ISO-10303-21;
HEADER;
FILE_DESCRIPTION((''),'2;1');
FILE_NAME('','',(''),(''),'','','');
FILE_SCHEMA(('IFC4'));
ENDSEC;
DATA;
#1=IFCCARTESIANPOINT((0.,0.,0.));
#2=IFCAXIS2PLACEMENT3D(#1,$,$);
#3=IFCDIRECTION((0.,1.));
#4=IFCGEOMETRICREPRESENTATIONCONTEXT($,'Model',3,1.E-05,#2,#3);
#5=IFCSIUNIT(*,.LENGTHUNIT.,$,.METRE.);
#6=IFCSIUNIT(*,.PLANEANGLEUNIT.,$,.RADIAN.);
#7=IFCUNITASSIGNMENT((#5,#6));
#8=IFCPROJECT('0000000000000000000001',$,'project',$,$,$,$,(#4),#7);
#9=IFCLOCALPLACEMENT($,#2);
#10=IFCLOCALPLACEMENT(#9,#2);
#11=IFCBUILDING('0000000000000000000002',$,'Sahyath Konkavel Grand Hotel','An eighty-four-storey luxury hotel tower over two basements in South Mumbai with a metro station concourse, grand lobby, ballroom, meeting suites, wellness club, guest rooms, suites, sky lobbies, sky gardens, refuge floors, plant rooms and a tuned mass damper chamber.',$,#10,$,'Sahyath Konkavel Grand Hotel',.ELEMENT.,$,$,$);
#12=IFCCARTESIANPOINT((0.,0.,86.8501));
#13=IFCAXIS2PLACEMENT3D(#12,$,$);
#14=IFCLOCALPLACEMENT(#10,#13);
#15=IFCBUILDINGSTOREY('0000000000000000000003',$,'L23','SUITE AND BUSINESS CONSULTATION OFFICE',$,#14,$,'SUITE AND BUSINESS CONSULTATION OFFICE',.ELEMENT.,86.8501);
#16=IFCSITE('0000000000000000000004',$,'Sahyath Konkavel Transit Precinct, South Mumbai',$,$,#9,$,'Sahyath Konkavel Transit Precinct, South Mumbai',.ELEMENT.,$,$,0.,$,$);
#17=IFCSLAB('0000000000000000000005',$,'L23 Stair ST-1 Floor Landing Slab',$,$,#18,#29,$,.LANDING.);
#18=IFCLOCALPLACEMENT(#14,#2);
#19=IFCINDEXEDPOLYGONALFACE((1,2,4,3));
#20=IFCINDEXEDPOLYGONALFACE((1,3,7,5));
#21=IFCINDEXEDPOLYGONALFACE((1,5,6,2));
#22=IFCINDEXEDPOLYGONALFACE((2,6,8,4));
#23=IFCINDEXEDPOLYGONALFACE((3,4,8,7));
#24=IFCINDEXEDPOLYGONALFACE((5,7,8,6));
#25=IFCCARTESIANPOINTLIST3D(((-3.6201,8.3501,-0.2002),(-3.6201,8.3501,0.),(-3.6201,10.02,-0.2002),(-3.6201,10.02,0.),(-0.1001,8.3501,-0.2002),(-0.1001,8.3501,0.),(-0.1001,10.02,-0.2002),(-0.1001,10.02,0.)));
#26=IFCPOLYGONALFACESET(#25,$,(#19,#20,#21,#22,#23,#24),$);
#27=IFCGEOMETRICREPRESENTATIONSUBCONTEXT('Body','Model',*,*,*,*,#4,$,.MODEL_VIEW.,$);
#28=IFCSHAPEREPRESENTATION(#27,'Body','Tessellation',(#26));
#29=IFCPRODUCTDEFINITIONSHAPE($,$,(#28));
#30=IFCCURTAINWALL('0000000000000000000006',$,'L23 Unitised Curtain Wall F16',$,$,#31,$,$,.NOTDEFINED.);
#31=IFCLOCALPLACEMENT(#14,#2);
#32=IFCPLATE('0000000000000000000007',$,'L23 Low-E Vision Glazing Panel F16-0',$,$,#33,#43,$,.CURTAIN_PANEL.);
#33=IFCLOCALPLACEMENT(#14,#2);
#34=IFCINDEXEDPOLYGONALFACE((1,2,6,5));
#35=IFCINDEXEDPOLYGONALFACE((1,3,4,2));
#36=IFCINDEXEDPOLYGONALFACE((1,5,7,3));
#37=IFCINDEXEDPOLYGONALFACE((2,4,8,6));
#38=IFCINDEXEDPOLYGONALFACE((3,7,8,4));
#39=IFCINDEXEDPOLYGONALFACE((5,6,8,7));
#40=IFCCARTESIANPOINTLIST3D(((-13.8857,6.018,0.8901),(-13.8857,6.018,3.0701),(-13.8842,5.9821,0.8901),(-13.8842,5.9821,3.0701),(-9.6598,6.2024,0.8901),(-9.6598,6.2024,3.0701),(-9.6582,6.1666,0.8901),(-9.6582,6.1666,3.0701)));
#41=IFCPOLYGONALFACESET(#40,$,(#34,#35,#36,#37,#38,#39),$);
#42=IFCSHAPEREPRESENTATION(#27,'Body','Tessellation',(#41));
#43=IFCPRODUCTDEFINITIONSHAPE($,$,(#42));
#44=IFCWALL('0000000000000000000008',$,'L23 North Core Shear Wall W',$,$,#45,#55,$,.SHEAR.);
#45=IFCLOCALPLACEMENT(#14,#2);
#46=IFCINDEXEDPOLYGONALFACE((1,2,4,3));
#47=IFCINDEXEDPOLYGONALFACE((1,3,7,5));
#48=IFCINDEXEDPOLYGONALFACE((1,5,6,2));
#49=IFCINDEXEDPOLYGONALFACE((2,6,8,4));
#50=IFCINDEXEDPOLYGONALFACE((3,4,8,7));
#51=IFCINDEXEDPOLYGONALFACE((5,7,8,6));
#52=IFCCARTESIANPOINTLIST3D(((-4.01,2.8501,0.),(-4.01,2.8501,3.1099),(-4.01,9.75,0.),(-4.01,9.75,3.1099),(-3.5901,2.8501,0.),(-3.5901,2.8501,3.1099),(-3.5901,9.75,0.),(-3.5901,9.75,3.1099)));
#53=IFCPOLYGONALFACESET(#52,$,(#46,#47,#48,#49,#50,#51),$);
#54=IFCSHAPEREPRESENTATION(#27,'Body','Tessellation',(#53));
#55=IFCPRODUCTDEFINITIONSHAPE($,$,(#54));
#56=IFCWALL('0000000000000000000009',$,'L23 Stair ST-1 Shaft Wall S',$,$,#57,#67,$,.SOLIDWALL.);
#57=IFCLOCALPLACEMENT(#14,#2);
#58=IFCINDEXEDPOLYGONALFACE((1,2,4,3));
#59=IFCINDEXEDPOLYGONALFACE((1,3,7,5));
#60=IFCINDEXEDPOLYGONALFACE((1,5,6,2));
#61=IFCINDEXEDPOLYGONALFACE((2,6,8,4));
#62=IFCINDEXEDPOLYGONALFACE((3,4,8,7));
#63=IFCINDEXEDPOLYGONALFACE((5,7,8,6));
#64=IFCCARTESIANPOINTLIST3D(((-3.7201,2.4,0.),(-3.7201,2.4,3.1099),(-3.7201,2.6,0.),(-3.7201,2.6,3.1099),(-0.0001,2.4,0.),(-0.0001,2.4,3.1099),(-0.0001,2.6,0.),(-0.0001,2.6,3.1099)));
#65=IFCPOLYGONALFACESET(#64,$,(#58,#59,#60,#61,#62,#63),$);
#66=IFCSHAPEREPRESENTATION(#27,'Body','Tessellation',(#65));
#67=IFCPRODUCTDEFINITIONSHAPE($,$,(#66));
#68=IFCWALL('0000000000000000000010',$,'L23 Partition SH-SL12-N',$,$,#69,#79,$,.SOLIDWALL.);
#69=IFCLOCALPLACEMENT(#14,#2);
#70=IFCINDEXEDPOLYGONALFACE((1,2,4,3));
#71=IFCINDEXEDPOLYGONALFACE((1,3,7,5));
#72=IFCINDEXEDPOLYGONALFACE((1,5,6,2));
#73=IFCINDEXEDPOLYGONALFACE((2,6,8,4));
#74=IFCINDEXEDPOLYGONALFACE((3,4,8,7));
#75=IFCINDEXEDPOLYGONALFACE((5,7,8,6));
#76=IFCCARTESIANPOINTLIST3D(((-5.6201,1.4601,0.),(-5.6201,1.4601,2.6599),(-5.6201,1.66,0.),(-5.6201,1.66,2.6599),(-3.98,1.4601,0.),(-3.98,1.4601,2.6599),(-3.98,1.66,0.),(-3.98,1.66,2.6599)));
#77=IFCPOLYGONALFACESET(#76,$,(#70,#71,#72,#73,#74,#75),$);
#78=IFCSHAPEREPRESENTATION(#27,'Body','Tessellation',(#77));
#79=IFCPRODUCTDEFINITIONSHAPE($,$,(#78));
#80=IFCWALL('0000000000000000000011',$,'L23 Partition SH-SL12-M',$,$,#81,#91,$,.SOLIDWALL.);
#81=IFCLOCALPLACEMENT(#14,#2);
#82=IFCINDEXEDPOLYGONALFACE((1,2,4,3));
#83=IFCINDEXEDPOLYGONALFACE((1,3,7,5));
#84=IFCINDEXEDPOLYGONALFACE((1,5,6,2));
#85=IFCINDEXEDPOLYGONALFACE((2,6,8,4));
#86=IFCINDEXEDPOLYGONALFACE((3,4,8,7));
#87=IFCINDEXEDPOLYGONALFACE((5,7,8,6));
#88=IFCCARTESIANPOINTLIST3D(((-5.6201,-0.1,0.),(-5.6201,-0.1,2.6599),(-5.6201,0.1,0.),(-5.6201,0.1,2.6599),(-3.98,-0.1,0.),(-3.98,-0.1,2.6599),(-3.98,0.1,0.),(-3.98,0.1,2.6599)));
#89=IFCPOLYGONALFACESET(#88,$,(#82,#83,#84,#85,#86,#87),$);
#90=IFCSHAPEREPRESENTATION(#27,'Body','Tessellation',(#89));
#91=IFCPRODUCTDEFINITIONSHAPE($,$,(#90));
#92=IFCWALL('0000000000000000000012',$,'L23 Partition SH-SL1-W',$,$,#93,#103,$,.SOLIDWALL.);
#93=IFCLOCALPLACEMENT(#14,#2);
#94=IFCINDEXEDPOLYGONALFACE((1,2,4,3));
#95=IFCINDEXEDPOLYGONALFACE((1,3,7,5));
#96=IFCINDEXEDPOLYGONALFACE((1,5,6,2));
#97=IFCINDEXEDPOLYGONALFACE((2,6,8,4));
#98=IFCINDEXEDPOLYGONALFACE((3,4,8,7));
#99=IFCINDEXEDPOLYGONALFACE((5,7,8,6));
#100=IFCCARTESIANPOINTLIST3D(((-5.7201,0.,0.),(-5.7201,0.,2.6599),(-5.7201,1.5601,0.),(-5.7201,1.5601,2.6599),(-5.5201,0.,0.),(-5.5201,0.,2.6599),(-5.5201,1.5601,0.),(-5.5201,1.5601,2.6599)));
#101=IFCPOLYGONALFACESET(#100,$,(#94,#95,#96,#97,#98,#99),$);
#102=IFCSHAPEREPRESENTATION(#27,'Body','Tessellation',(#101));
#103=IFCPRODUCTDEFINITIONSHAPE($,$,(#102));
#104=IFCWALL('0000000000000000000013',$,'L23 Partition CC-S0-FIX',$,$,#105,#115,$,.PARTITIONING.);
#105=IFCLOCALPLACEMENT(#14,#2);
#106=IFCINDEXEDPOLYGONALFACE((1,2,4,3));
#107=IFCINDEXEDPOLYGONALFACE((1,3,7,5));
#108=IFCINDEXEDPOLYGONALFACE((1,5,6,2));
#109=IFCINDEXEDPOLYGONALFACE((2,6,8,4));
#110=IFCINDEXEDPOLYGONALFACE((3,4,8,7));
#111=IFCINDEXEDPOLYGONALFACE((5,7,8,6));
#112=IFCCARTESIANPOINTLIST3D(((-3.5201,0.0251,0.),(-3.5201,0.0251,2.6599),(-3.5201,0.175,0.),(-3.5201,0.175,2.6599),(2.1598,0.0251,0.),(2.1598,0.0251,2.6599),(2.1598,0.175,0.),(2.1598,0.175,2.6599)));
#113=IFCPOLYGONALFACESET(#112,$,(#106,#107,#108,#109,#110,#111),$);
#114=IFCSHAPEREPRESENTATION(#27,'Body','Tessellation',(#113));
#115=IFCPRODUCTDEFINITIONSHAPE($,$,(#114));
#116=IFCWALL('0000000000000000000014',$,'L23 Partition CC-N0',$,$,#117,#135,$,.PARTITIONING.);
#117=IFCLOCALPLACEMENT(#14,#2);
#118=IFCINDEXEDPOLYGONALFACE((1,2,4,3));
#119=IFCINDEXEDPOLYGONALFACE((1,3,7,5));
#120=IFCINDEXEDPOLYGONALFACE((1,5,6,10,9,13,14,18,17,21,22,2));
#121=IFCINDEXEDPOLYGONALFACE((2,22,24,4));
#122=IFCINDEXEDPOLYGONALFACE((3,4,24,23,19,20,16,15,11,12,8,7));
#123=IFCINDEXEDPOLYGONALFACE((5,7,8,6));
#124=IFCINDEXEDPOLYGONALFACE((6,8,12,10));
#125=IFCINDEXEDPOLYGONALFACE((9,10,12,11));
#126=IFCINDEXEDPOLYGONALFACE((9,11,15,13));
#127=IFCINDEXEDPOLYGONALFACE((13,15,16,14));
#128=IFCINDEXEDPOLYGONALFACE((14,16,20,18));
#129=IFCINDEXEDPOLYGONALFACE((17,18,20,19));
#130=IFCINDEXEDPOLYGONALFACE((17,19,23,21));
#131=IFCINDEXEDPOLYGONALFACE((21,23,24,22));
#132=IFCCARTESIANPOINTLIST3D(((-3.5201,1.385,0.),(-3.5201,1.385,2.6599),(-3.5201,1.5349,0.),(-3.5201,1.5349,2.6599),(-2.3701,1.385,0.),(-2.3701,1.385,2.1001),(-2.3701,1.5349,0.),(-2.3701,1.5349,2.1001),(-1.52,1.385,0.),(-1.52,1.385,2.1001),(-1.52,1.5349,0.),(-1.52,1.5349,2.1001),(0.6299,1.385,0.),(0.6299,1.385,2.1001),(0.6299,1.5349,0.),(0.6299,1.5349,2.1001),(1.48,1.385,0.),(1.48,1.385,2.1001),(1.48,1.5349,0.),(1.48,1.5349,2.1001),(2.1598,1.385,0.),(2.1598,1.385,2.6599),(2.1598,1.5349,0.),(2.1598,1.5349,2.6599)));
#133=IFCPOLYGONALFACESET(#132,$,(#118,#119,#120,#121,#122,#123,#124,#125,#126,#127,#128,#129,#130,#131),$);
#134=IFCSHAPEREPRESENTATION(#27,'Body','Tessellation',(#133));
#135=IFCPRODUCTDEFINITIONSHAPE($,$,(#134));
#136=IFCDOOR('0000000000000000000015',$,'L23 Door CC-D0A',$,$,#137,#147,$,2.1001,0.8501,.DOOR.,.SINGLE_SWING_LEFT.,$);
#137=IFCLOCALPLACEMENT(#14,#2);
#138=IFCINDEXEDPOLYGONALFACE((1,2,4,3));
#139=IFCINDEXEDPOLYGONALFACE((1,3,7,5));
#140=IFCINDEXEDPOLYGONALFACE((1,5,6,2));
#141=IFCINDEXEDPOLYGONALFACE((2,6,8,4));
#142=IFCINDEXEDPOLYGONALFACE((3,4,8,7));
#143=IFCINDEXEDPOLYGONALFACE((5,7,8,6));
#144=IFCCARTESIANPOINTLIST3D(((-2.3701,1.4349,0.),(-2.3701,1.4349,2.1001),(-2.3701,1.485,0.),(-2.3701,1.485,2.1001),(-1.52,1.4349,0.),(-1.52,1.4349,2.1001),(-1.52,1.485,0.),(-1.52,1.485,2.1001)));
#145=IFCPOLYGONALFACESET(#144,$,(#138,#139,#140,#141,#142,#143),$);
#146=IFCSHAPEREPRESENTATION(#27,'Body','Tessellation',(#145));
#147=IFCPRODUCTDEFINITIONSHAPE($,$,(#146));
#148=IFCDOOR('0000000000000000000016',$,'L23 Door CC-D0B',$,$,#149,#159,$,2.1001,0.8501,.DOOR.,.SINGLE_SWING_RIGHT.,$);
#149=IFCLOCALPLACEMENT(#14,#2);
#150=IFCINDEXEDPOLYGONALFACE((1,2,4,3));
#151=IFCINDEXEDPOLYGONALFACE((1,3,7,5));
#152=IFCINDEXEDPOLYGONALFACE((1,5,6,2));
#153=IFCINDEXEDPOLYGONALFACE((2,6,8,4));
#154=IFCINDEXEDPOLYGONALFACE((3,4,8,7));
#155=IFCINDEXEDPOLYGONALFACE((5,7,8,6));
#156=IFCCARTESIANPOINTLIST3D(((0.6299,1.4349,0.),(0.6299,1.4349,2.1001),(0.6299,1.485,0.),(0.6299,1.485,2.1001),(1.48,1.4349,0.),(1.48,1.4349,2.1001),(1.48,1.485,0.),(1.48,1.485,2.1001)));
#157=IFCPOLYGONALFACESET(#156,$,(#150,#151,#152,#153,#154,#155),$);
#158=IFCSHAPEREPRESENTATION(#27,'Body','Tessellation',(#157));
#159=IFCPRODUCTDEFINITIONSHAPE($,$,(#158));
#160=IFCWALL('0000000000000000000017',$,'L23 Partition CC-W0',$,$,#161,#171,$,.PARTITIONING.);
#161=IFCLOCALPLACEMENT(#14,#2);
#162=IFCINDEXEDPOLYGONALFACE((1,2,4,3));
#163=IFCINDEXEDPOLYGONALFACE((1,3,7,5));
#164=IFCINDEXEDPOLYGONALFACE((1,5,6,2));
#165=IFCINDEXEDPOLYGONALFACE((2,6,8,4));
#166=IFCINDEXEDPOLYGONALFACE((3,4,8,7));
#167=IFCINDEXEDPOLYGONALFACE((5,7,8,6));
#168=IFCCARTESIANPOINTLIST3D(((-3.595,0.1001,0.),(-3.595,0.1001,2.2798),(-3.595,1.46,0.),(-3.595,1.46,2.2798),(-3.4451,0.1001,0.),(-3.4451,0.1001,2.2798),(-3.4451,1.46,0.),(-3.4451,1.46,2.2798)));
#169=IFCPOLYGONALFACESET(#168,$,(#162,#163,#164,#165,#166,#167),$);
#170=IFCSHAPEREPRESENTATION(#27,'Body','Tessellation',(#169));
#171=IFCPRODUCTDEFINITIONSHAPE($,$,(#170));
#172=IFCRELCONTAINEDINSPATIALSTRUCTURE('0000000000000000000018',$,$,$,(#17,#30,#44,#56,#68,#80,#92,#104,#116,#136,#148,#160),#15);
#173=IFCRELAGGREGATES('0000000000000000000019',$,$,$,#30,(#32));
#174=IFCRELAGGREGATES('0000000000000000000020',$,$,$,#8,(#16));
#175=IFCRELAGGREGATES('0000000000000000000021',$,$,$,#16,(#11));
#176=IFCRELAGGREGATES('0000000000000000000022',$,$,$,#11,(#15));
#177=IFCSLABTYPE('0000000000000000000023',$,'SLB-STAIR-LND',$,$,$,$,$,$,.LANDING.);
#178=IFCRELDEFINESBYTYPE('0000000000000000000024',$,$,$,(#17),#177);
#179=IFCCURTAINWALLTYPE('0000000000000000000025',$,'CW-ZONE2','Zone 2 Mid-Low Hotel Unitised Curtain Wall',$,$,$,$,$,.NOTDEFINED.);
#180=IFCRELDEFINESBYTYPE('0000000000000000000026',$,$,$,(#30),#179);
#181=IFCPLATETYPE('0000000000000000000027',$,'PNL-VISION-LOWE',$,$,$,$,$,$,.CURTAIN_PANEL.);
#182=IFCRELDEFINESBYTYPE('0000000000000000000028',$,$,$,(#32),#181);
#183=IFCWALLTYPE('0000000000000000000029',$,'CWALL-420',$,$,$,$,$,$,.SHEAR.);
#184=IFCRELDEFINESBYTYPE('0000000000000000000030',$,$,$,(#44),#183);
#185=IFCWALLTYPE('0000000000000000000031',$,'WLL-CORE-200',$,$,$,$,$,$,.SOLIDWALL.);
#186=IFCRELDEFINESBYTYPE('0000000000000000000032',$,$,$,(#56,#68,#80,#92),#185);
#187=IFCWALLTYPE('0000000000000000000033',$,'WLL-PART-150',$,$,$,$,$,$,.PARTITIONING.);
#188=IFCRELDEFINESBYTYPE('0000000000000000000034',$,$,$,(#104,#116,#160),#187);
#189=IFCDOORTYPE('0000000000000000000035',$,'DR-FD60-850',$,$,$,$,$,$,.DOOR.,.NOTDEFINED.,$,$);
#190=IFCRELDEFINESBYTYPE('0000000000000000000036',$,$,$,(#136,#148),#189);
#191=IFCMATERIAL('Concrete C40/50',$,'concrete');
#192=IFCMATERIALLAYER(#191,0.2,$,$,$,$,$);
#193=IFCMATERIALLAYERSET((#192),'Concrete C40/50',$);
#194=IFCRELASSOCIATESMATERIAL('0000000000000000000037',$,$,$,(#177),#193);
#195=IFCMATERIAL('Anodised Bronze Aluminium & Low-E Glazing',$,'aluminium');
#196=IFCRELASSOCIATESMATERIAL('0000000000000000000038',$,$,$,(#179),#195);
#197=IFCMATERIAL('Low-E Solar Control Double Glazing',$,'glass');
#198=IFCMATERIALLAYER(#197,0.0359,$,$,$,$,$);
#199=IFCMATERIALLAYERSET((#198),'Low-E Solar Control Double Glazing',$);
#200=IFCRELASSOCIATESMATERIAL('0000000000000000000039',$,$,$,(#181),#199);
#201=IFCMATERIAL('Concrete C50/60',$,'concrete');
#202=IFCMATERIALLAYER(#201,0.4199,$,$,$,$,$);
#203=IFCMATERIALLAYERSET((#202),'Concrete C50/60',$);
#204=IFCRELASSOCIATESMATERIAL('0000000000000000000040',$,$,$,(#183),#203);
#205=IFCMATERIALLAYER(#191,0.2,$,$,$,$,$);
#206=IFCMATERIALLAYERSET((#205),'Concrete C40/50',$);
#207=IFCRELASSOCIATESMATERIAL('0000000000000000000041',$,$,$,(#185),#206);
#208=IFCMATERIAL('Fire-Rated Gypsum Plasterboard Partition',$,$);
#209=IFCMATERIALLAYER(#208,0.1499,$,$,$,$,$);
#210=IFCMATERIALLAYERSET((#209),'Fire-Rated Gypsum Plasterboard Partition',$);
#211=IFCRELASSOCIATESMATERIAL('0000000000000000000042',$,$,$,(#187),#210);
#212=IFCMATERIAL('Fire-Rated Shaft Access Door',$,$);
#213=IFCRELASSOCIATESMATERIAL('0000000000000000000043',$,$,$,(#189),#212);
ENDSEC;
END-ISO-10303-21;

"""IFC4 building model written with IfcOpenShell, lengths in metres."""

from ifc_helpers import new_model, si_unit, direction, frame, frame_2d, origin, origin_2d, place, context, subcontext, project, spatial, polyline, rectangle, outline, extrude, source, transform, mapped, material, layer, layer_set, type_object, element, fill, aggregate, save


model = new_model("IFC4")

# Units and contexts
model_context = context("Model", 3, precision=1e-05, world=origin(), true_north=direction((0.0, 1.0)))
body_context = subcontext(model_context, "Body", "Model", "MODEL_VIEW")
ifc_project = project(units=[si_unit("LENGTHUNIT", "METRE"), si_unit("PLANEANGLEUNIT", "RADIAN")], contexts=[model_context])

# Site, building, storey
site_placement = place(None, origin())
site = spatial("IfcSite", under=ifc_project, at=site_placement, Name="Sahyath Konkavel Transit Precinct, South Mumbai", LongName="Sahyath Konkavel Transit Precinct, South Mumbai", CompositionType="ELEMENT", RefElevation=0.0)
building_placement = place(site_placement, origin())
building = spatial("IfcBuilding", under=site, at=building_placement, Name="Sahyath Konkavel Grand Hotel", Description="An eighty-four-storey luxury hotel tower over two basements in South Mumbai with a metro station concourse, grand lobby, ballroom, meeting suites, wellness club, guest rooms, suites, sky lobbies, sky gardens, refuge floors, plant rooms and a tuned mass damper chamber.", LongName="Sahyath Konkavel Grand Hotel", CompositionType="ELEMENT")
storey_placement = place(building_placement, frame((0.0, 0.0, 86.8501)))
storey = spatial("IfcBuildingStorey", under=building, at=storey_placement, Name="L23", Description="SUITE AND BUSINESS CONSULTATION OFFICE", LongName="SUITE AND BUSINESS CONSULTATION OFFICE", CompositionType="ELEMENT", Elevation=86.8501)

# Shared definitions
ifc_material_1 = material(Name="Concrete C50/60", Category="concrete")

# Shared definitions
ifc_material_2 = material(Name="Concrete C40/50", Category="concrete")

# Shared definitions
ifc_layer_1 = layer(ifc_material_2, 0.2)
ifc_layer_set_1 = layer_set([ifc_layer_1], Name="Concrete C40/50")
slab_type_1 = type_object("IfcSlabType", Name="SLB-STAIR-LND", PredefinedType="LANDING", material=ifc_layer_set_1)

# Slab
slab_1_placement = place(storey_placement, frame((0.0, 0.0, -0.2002)))
element("IfcSlab", 1, at=slab_1_placement, inside=storey, type_object=slab_type_1, Name="L23 Stair ST-1 Floor Landing Slab", PredefinedType="LANDING", context=body_context, shape_type="SweptSolid", body=[
    extrude(outline(polyline([(-3.6201, 8.3501), (-0.1001, 8.3501), (-0.1001, 10.02), (-3.6201, 10.02), (-3.6201, 8.3501)])), origin(), (0.0, 0.0, 1.0), 0.2002),
])

# Curtain wall, plate
ifc_material_3 = material(Name="Anodised Bronze Aluminium & Low-E Glazing", Category="aluminium")
curtain_wall_type = type_object("IfcCurtainWallType", Name="CW-ZONE2", Description="Zone 2 Mid-Low Hotel Unitised Curtain Wall", PredefinedType="NOTDEFINED", material=ifc_material_3)
curtain_wall_placement = place(storey_placement, origin())
curtain_wall = element("IfcCurtainWall", 2, at=curtain_wall_placement, inside=storey, type_object=curtain_wall_type, Name="L23 Unitised Curtain Wall F16", PredefinedType="NOTDEFINED")
ifc_material_4 = material(Name="Low-E Solar Control Double Glazing", Category="glass")
ifc_layer_2 = layer(ifc_material_4, 0.0359)
ifc_layer_set_2 = layer_set([ifc_layer_2], Name="Low-E Solar Control Double Glazing")
plate_type = type_object("IfcPlateType", Name="PNL-VISION-LOWE", PredefinedType="CURTAIN_PANEL", material=ifc_layer_set_2)
shared_shape_1 = source(origin(), body_context, "Body", "SweptSolid", [
    extrude(rectangle(XDim=4.23, YDim=0.0359, at=origin_2d()), origin(), (0.0, 0.0, 1.0), 2.1799),
])
plate_placement = place(storey_placement, frame((-11.772, 6.0923, 0.8901), z_axis=(0.0, 0.0, 1.0), x_axis=(-0.999049, -0.043602, 0.0)))
plate = element("IfcPlate", 3, at=plate_placement, type_object=plate_type, Name="L23 Low-E Vision Glazing Panel F16-0", PredefinedType="CURTAIN_PANEL", context=body_context, shape_type="MappedRepresentation", body=[
    mapped(shared_shape_1, transform((0.0, 0.0, 0.0), scale=1.0)),
])
aggregate(curtain_wall, [plate])

# Walls
ifc_layer_3 = layer(ifc_material_1, 0.4199)
ifc_layer_set_3 = layer_set([ifc_layer_3], Name="Concrete C50/60")
wall_type_1 = type_object("IfcWallType", Name="CWALL-420", PredefinedType="SHEAR", material=ifc_layer_set_3)
wall_1_placement = place(storey_placement, frame((-3.8, 2.8501, 0.0), z_axis=(0.0, 0.0, 1.0), x_axis=(0.0, 1.0, 0.0)))
element("IfcWall", 4, at=wall_1_placement, inside=storey, type_object=wall_type_1, Name="L23 North Core Shear Wall W", PredefinedType="SHEAR", context=body_context, shape_type="SweptSolid", body=[
    extrude(rectangle(XDim=6.8999, YDim=0.4199, at=frame_2d((3.45, 0.0))), origin(), (0.0, 0.0, 1.0), 3.1099),
])
ifc_layer_4 = layer(ifc_material_2, 0.2)
ifc_layer_set_4 = layer_set([ifc_layer_4], Name="Concrete C40/50")
wall_type_2 = type_object("IfcWallType", Name="WLL-CORE-200", PredefinedType="SOLIDWALL", material=ifc_layer_set_4)
wall_2_placement = place(storey_placement, frame((-3.72, 2.5, 0.0), z_axis=(0.0, 0.0, 1.0), x_axis=(1.0, 0.0, 0.0)))
element("IfcWall", 5, at=wall_2_placement, inside=storey, type_object=wall_type_2, Name="L23 Stair ST-1 Shaft Wall S", PredefinedType="SOLIDWALL", context=body_context, shape_type="SweptSolid", body=[
    extrude(rectangle(XDim=3.72, YDim=0.2, at=frame_2d((1.8599, 0.0))), origin(), (0.0, 0.0, 1.0), 3.1099),
])
for number, where, z_axis, x_axis, name in (
    (6, (-5.6201, 1.5601, 0.0), (0.0, 0.0, 1.0), (1.0, 0.0, 0.0), "L23 Partition SH-SL12-N"),
    (7, (-5.6201, 0.0, 0.0), (0.0, 0.0, 1.0), (1.0, 0.0, 0.0), "L23 Partition SH-SL12-M"),
):
    element("IfcWall", number, at=place(storey_placement, frame(where, z_axis=z_axis, x_axis=x_axis)), inside=storey, type_object=wall_type_2, Name=name, PredefinedType="SOLIDWALL", context=body_context, shape_type="SweptSolid", body=[
        extrude(rectangle(XDim=1.6401, YDim=0.2, at=frame_2d((0.8201, 0.0))), origin(), (0.0, 0.0, 1.0), 2.6599),
    ])
wall_3_placement = place(storey_placement, frame((-5.6201, 0.0, 0.0), z_axis=(0.0, 0.0, 1.0), x_axis=(0.0, 1.0, 0.0)))
element("IfcWall", 8, at=wall_3_placement, inside=storey, type_object=wall_type_2, Name="L23 Partition SH-SL1-W", PredefinedType="SOLIDWALL", context=body_context, shape_type="SweptSolid", body=[
    extrude(rectangle(XDim=1.5601, YDim=0.2, at=frame_2d((0.78, 0.0))), origin(), (0.0, 0.0, 1.0), 2.6599),
])
ifc_material_5 = material(Name="Fire-Rated Gypsum Plasterboard Partition")
ifc_layer_5 = layer(ifc_material_5, 0.1499)
ifc_layer_set_5 = layer_set([ifc_layer_5], Name="Fire-Rated Gypsum Plasterboard Partition")
wall_type_3 = type_object("IfcWallType", Name="WLL-PART-150", PredefinedType="PARTITIONING", material=ifc_layer_set_5)
wall_4_placement = place(storey_placement, frame((-3.52, 0.1001, 0.0), z_axis=(0.0, 0.0, 1.0), x_axis=(1.0, 0.0, 0.0)))
element("IfcWall", 9, at=wall_4_placement, inside=storey, type_object=wall_type_3, Name="L23 Partition CC-S0-FIX", PredefinedType="PARTITIONING", context=body_context, shape_type="SweptSolid", body=[
    extrude(rectangle(XDim=5.6799, YDim=0.1499, at=frame_2d((2.8398, 0.0))), origin(), (0.0, 0.0, 1.0), 2.6599),
])

# Wall, openings, doors
wall_5_placement = place(storey_placement, frame((-3.52, 1.46, 0.0), z_axis=(0.0, 0.0, 1.0), x_axis=(1.0, 0.0, 0.0)))
wall_5 = element("IfcWall", 10, at=wall_5_placement, inside=storey, type_object=wall_type_3, Name="L23 Partition CC-N0", PredefinedType="PARTITIONING", context=body_context, shape_type="SweptSolid", body=[
    extrude(rectangle(XDim=5.6799, YDim=0.1499, at=frame_2d((2.8398, 0.0))), origin(), (0.0, 0.0, 1.0), 2.6599),
])
opening_1_placement = place(wall_5_placement, frame((1.1499, 0.0, 0.0)))
opening_1 = element("IfcOpeningElement", 11, at=opening_1_placement, cuts=wall_5, PredefinedType="OPENING", context=body_context, shape_type="SweptSolid", body=[
    extrude(rectangle(XDim=0.8501, YDim=2.1001, at=frame_2d((0.425, 1.05))), frame((0.0, 0.085, 0.0), z_axis=(0.0, -1.0, 0.0), x_axis=(1.0, 0.0, 0.0)), (0.0, 0.0, 1.0), 0.1699),
])
opening_2_placement = place(wall_5_placement, frame((4.1499, 0.0, 0.0)))
opening_2 = element("IfcOpeningElement", 12, at=opening_2_placement, cuts=wall_5, PredefinedType="OPENING", context=body_context, shape_type="SweptSolid", body=[
    extrude(rectangle(XDim=0.8501, YDim=2.1001, at=frame_2d((0.425, 1.05))), frame((0.0, 0.085, 0.0), z_axis=(0.0, -1.0, 0.0), x_axis=(1.0, 0.0, 0.0)), (0.0, 0.0, 1.0), 0.1699),
])
ifc_material_6 = material(Name="Fire-Rated Shaft Access Door")
door_type = type_object("IfcDoorType", Name="DR-FD60-850", OperationType="NOTDEFINED", PredefinedType="DOOR", material=ifc_material_6)
shared_shape_2 = source(origin(), body_context, "Body", "SweptSolid", [
    extrude(rectangle(XDim=0.8501, YDim=0.05, at=origin_2d()), origin(), (0.0, 0.0, 1.0), 2.1001),
])
door_1_placement = place(opening_1_placement, frame((0.425, 0.0, 0.0)))
door_1 = element("IfcDoor", 13, at=door_1_placement, inside=storey, type_object=door_type, Name="L23 Door CC-D0A", OperationType="SINGLE_SWING_LEFT", OverallHeight=2.1001, OverallWidth=0.8501, PredefinedType="DOOR", context=body_context, shape_type="MappedRepresentation", body=[
    mapped(shared_shape_2, transform((0.0, 0.0, 0.0), scale=1.0)),
])
fill(opening_1, door_1)
door_2_placement = place(opening_2_placement, frame((0.425, 0.0, 0.0)))
door_2 = element("IfcDoor", 14, at=door_2_placement, inside=storey, type_object=door_type, Name="L23 Door CC-D0B", OperationType="SINGLE_SWING_RIGHT", OverallHeight=2.1001, OverallWidth=0.8501, PredefinedType="DOOR", context=body_context, shape_type="MappedRepresentation", body=[
    mapped(shared_shape_2, transform((0.0, 0.0, 0.0), scale=1.0)),
])
fill(opening_2, door_2)

# Wall
wall_6_placement = place(storey_placement, frame((-3.52, 0.1001, 0.0), z_axis=(0.0, 0.0, 1.0), x_axis=(0.0, 1.0, 0.0)))
element("IfcWall", 15, at=wall_6_placement, inside=storey, type_object=wall_type_3, Name="L23 Partition CC-W0", PredefinedType="PARTITIONING", context=body_context, shape_type="SweptSolid", body=[
    extrude(rectangle(XDim=1.3599, YDim=0.1499, at=frame_2d((0.6799, 0.0))), origin(), (0.0, 0.0, 1.0), 2.2798),
])

save(model, "model.ifc")
